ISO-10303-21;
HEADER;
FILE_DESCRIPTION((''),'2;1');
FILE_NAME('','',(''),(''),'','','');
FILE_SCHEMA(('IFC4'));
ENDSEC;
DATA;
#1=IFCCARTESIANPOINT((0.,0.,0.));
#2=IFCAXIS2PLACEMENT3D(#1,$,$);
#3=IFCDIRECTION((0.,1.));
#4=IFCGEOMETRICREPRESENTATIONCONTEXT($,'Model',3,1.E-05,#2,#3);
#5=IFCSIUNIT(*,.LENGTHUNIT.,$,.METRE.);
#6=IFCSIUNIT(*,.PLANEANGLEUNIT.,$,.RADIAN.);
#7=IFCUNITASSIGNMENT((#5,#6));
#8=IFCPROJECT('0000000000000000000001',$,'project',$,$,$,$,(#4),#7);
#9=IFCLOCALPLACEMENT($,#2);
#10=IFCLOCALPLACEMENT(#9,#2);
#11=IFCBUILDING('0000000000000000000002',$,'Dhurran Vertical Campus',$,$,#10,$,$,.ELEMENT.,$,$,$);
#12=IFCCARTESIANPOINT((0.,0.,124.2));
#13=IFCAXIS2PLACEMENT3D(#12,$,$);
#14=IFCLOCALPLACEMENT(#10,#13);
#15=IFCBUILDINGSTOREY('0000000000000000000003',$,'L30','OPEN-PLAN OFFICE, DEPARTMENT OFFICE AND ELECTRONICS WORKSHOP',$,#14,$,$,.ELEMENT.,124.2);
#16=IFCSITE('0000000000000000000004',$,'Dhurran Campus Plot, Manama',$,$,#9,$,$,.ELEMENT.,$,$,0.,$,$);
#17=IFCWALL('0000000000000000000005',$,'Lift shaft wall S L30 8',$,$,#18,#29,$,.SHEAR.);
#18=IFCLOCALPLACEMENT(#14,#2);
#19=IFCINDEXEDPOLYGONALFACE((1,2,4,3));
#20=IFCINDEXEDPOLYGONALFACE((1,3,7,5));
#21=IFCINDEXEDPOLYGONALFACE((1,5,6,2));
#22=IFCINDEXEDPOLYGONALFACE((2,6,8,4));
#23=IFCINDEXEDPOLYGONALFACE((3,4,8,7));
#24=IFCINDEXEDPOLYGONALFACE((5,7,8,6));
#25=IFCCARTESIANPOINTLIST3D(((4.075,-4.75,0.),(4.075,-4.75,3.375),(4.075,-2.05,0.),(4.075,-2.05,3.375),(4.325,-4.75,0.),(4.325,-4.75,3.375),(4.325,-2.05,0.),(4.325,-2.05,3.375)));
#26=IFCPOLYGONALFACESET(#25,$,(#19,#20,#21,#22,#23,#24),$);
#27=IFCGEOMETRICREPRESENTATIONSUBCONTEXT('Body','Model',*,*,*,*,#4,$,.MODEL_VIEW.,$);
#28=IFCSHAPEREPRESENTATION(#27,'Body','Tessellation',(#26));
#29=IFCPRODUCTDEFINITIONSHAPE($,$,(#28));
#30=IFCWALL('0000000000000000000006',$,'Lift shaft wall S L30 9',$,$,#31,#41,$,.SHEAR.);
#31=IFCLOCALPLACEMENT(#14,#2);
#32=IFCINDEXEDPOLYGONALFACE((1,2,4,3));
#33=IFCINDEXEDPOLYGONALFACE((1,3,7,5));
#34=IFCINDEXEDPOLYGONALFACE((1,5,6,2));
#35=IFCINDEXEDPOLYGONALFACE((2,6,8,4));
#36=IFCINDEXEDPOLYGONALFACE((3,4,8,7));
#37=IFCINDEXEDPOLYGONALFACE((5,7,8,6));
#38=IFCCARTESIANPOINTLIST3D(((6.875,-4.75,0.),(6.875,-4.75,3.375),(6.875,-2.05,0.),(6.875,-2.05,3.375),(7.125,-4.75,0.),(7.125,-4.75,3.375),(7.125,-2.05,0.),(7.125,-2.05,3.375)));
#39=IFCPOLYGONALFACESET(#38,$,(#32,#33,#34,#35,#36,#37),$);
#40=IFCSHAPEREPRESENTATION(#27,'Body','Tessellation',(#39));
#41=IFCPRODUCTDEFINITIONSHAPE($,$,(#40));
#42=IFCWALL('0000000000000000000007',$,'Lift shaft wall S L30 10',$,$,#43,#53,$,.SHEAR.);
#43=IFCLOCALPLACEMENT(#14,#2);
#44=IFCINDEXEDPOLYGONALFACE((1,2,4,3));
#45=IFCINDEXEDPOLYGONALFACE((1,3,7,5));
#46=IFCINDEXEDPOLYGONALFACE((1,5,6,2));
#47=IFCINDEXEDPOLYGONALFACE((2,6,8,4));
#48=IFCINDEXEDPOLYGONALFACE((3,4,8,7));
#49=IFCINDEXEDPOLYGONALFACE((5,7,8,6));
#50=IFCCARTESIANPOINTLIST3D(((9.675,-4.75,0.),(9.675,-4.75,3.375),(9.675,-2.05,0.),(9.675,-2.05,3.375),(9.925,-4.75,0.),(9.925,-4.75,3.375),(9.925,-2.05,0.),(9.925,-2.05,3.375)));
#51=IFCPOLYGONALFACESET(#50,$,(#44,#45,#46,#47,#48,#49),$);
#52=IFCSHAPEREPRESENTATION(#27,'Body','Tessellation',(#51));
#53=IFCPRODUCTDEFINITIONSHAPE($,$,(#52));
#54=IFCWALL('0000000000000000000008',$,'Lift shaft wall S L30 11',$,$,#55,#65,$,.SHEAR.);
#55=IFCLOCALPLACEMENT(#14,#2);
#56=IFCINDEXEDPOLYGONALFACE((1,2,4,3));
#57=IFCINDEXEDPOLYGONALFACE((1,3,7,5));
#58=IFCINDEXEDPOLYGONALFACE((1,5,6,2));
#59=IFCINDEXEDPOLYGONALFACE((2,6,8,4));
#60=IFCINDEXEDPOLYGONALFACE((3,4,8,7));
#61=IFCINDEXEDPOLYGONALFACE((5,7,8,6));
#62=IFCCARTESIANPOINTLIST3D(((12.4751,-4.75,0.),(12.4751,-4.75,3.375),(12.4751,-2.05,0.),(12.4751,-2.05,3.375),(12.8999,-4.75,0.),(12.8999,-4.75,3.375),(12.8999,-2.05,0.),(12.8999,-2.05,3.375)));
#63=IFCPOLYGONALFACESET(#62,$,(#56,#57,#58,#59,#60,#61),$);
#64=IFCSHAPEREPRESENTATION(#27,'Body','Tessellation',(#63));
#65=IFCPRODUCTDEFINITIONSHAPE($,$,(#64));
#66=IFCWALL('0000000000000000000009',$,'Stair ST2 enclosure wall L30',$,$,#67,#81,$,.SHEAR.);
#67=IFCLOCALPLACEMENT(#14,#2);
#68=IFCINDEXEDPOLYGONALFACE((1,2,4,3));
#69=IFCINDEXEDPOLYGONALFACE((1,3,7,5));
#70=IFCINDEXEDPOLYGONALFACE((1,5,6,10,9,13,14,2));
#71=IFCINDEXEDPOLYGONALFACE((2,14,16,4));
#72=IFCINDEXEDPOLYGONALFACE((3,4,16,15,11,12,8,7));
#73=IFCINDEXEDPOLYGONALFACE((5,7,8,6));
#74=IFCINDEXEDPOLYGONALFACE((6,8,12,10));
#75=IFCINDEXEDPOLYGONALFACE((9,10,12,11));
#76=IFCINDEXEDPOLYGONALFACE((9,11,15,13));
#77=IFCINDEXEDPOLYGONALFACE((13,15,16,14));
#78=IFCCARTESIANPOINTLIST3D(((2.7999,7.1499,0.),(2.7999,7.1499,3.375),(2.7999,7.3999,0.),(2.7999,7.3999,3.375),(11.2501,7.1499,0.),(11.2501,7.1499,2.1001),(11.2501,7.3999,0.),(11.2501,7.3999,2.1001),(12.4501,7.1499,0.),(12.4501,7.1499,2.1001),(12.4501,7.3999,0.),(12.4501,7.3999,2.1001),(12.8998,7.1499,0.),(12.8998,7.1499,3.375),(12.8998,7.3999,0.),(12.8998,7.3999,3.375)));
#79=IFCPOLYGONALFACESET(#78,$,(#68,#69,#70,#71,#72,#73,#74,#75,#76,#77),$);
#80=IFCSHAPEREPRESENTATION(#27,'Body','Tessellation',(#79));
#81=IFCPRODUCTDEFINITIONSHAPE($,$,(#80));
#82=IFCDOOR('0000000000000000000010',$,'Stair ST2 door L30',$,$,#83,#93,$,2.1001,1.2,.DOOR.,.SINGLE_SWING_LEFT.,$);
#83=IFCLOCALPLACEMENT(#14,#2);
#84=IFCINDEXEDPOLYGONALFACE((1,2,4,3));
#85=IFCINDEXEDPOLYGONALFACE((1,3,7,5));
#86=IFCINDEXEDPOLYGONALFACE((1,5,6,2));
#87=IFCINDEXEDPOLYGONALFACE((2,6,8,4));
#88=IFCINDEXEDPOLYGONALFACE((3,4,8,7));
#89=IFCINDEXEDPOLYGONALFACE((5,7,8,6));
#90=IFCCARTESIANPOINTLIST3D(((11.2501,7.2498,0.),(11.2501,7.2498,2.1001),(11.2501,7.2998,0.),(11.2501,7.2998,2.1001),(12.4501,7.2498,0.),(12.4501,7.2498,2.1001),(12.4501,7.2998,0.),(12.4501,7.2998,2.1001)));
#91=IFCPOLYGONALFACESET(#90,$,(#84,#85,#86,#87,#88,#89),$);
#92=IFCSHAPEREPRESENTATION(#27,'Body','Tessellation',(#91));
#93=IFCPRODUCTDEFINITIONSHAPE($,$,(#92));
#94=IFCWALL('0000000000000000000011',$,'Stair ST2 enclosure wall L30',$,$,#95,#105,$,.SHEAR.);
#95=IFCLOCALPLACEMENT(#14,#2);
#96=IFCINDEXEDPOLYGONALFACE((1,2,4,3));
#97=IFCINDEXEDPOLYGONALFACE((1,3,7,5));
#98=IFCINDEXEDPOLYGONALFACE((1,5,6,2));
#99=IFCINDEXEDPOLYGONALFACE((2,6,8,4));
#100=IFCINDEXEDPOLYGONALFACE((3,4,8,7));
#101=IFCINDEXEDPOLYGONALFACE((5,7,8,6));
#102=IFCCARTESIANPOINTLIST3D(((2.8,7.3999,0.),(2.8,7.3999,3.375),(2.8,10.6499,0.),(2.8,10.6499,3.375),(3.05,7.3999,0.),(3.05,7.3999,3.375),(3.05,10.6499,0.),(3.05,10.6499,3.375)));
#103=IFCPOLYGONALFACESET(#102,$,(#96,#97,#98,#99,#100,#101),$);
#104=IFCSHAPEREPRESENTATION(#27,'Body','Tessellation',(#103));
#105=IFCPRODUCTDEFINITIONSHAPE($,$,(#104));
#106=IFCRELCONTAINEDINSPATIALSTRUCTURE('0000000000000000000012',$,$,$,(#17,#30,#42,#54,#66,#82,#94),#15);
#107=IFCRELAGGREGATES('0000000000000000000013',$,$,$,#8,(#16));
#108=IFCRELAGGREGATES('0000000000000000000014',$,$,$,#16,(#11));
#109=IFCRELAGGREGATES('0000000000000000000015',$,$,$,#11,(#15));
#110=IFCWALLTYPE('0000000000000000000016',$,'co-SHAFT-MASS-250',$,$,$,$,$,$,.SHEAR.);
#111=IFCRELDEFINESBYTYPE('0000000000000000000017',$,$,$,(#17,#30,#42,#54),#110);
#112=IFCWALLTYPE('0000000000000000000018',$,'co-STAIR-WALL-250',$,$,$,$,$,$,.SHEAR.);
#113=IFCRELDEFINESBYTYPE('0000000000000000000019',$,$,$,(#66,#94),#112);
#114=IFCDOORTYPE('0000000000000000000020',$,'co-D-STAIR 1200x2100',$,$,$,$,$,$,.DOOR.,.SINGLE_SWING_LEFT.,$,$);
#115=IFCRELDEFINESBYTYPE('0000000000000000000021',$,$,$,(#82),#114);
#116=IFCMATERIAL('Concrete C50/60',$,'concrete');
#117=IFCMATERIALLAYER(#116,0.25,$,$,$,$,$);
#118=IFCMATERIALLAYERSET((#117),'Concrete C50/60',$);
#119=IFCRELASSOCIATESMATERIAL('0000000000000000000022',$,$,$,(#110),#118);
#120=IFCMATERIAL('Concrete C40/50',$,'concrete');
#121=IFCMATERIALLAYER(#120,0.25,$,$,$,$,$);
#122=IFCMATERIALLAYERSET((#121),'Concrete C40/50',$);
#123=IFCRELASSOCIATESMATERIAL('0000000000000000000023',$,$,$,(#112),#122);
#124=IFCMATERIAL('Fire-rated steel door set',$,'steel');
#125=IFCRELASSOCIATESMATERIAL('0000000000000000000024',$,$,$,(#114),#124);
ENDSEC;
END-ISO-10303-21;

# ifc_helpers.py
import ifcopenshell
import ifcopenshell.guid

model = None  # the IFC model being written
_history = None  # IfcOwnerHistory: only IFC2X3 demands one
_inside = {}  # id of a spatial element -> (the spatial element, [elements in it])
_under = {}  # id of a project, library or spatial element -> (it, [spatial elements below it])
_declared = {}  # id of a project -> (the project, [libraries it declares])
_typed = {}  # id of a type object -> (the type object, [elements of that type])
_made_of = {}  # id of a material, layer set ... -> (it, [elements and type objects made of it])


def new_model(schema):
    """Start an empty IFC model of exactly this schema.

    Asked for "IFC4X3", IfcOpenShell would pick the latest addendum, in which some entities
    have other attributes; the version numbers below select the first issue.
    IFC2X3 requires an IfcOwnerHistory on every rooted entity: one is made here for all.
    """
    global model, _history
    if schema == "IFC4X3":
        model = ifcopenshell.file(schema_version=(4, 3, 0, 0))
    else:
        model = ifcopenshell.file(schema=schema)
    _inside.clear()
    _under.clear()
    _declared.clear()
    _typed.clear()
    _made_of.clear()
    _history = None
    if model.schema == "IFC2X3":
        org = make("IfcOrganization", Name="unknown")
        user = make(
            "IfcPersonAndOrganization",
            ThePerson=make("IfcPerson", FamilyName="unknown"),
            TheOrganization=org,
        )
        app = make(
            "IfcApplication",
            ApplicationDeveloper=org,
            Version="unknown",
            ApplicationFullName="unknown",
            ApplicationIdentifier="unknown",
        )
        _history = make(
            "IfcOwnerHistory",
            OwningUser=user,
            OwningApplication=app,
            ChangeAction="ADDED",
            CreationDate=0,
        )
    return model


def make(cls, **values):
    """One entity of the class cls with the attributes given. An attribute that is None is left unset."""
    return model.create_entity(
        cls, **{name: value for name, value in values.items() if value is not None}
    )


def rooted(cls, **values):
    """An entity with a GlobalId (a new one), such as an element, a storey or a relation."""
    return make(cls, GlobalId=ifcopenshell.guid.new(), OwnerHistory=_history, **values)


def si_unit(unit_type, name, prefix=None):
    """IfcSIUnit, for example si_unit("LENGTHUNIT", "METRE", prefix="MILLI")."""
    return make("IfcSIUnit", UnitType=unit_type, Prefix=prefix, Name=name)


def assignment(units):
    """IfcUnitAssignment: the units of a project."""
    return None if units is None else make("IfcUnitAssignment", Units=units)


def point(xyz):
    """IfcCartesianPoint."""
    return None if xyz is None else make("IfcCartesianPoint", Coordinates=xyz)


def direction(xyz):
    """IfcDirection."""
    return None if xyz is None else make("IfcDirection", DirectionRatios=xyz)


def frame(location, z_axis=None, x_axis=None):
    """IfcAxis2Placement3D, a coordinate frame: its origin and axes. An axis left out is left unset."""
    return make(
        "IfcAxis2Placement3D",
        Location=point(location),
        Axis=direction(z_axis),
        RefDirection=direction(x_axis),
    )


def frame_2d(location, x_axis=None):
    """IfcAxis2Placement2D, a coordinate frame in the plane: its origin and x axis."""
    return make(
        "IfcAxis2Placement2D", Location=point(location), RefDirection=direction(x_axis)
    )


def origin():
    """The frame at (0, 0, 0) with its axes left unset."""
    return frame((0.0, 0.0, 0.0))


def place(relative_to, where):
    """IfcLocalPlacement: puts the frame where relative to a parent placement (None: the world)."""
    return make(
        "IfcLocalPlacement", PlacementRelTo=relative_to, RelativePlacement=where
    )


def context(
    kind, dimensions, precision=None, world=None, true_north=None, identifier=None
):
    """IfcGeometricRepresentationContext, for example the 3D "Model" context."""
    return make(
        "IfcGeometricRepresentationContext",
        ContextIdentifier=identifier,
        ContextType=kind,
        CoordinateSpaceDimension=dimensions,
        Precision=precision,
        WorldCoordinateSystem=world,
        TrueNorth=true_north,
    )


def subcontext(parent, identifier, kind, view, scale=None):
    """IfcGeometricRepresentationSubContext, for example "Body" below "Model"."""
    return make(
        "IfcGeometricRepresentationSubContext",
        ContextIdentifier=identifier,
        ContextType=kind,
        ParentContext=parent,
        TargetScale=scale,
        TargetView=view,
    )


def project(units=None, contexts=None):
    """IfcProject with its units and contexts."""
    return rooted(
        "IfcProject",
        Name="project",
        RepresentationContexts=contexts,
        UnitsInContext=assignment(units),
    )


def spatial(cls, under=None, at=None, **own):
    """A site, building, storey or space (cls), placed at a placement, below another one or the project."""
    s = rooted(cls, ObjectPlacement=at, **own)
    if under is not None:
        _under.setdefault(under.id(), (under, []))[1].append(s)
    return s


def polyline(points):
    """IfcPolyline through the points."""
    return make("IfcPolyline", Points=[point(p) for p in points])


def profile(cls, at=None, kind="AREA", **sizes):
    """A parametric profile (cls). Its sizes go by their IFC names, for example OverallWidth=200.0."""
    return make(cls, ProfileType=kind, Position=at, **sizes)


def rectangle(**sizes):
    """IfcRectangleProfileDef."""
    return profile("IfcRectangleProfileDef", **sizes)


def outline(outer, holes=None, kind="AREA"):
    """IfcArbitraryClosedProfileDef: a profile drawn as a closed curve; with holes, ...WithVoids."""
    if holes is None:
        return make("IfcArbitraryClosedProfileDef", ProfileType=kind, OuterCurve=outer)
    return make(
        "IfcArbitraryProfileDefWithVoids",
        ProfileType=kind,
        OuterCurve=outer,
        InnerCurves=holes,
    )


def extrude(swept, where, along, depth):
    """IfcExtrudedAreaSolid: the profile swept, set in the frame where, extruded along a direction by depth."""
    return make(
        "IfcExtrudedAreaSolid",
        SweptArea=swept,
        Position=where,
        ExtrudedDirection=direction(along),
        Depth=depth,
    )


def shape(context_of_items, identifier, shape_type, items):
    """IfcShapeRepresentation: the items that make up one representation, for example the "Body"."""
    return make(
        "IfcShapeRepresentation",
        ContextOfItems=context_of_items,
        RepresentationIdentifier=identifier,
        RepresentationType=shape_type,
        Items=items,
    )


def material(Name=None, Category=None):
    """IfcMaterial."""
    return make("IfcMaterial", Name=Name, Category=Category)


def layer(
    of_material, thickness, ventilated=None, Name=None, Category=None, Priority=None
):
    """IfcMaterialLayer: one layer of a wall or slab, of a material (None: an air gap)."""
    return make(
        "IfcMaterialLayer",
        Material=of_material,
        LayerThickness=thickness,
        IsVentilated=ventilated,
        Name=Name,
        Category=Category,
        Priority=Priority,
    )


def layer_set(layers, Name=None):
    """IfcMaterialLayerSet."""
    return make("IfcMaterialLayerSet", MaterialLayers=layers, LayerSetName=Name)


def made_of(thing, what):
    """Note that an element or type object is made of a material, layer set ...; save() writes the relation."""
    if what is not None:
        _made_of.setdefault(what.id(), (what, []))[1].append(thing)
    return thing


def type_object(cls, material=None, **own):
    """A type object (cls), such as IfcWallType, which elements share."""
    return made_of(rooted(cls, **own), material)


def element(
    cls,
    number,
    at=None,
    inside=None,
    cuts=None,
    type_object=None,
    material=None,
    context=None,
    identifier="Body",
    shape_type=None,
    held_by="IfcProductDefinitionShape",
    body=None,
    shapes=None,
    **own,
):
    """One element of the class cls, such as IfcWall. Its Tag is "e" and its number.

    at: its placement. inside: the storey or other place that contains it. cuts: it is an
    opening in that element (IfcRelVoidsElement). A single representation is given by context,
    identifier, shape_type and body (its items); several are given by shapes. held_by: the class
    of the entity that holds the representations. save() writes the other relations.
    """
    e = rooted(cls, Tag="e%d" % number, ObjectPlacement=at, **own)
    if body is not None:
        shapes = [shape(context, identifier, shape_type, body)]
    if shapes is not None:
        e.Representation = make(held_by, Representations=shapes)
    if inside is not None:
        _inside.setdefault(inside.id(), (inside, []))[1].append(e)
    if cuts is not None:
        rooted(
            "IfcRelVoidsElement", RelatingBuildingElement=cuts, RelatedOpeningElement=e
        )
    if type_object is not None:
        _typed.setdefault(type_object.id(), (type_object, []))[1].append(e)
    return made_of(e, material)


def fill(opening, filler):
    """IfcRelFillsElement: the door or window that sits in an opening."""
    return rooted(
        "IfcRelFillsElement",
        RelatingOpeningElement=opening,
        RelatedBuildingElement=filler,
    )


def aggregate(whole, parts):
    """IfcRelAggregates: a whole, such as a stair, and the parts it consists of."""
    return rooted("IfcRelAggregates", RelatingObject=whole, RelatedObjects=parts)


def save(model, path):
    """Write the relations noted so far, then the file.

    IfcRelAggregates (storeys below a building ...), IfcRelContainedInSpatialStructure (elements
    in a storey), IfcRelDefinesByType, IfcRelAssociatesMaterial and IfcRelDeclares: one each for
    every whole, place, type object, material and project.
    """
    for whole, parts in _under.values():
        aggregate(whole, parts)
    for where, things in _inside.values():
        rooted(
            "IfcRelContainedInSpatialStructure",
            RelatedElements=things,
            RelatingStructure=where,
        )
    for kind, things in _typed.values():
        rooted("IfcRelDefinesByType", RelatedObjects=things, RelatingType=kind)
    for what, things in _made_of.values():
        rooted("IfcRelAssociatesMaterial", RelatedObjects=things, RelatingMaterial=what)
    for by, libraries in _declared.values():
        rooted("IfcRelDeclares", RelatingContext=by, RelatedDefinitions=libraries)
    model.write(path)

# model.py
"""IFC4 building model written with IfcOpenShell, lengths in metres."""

from ifc_helpers import new_model, si_unit, direction, frame, frame_2d, origin, place, context, subcontext, project, spatial, polyline, rectangle, outline, extrude, material, layer, layer_set, type_object, element, fill, save


model = new_model("IFC4")

# Units and contexts
model_context = context("Model", 3, precision=1e-05, world=origin(), true_north=direction((0.0, 1.0)))
body_context = subcontext(model_context, "Body", "Model", "MODEL_VIEW")
ifc_project = project(units=[si_unit("LENGTHUNIT", "METRE"), si_unit("PLANEANGLEUNIT", "RADIAN")], contexts=[model_context])

# Site, building, storey
site_placement = place(None, origin())
site = spatial("IfcSite", under=ifc_project, at=site_placement, Name="Dhurran Campus Plot, Manama", CompositionType="ELEMENT", RefElevation=0.0)
building_placement = place(site_placement, origin())
building = spatial("IfcBuilding", under=site, at=building_placement, Name="Dhurran Vertical Campus", CompositionType="ELEMENT")
storey_placement = place(building_placement, frame((0.0, 0.0, 124.2)))
storey = spatial("IfcBuildingStorey", under=building, at=storey_placement, Name="L30", Description="OPEN-PLAN OFFICE, DEPARTMENT OFFICE AND ELECTRONICS WORKSHOP", CompositionType="ELEMENT", Elevation=124.2)

# Walls
ifc_material_1 = material(Name="Concrete C50/60", Category="concrete")
ifc_layer_1 = layer(ifc_material_1, 0.25)
ifc_layer_set_1 = layer_set([ifc_layer_1], Name="Concrete C50/60")
wall_type_1 = type_object("IfcWallType", Name="co-SHAFT-MASS-250", PredefinedType="SHEAR", material=ifc_layer_set_1)
wall_1_placement = place(storey_placement, origin())
element("IfcWall", 1, at=wall_1_placement, inside=storey, type_object=wall_type_1, Name="Lift shaft wall S L30 8", PredefinedType="SHEAR", context=body_context, shape_type="SweptSolid", body=[
    extrude(outline(polyline([(4.075, -4.75), (4.325, -4.75), (4.325, -2.05), (4.075, -2.05), (4.075, -4.75)])), origin(), (0.0, 0.0, 1.0), 3.375),
])
wall_2_placement = place(storey_placement, origin())
element("IfcWall", 2, at=wall_2_placement, inside=storey, type_object=wall_type_1, Name="Lift shaft wall S L30 9", PredefinedType="SHEAR", context=body_context, shape_type="SweptSolid", body=[
    extrude(outline(polyline([(6.875, -4.75), (7.125, -4.75), (7.125, -2.05), (6.875, -2.05), (6.875, -4.75)])), origin(), (0.0, 0.0, 1.0), 3.375),
])
wall_3_placement = place(storey_placement, origin())
element("IfcWall", 3, at=wall_3_placement, inside=storey, type_object=wall_type_1, Name="Lift shaft wall S L30 10", PredefinedType="SHEAR", context=body_context, shape_type="SweptSolid", body=[
    extrude(outline(polyline([(9.675, -4.75), (9.925, -4.75), (9.925, -2.05), (9.675, -2.05), (9.675, -4.75)])), origin(), (0.0, 0.0, 1.0), 3.375),
])
wall_4_placement = place(storey_placement, origin())
element("IfcWall", 4, at=wall_4_placement, inside=storey, type_object=wall_type_1, Name="Lift shaft wall S L30 11", PredefinedType="SHEAR", context=body_context, shape_type="SweptSolid", body=[
    extrude(outline(polyline([(12.4751, -4.75), (12.8999, -4.75), (12.8999, -2.05), (12.4751, -2.05), (12.4751, -4.75)])), origin(), (0.0, 0.0, 1.0), 3.375),
])

# Wall, opening, door
ifc_material_2 = material(Name="Concrete C40/50", Category="concrete")
ifc_layer_2 = layer(ifc_material_2, 0.25)
ifc_layer_set_2 = layer_set([ifc_layer_2], Name="Concrete C40/50")
wall_type_2 = type_object("IfcWallType", Name="co-STAIR-WALL-250", PredefinedType="SHEAR", material=ifc_layer_set_2)
wall_5_placement = place(storey_placement, frame((2.8, 7.2749, 0.0), z_axis=(0.0, 0.0, 1.0), x_axis=(1.0, 0.0, 0.0)))
wall_5 = element("IfcWall", 5, at=wall_5_placement, inside=storey, type_object=wall_type_2, Name="Stair ST2 enclosure wall L30", PredefinedType="SHEAR", context=body_context, shape_type="SweptSolid", body=[
    extrude(rectangle(XDim=10.0999, YDim=0.25, at=frame_2d((5.0498, 0.0))), origin(), (0.0, 0.0, 1.0), 3.375),
])
opening_1_placement = place(wall_5_placement, frame((8.45, 0.0, 0.0)))
opening_1 = element("IfcOpeningElement", 6, at=opening_1_placement, cuts=wall_5, PredefinedType="OPENING", context=body_context, shape_type="SweptSolid", body=[
    extrude(rectangle(XDim=1.2, YDim=2.1001, at=frame_2d((0.6001, 1.05))), frame((0.0, 0.135, 0.0), z_axis=(0.0, -1.0, 0.0), x_axis=(1.0, 0.0, 0.0)), (0.0, 0.0, 1.0), 0.27),
])
ifc_material_3 = material(Name="Fire-rated steel door set", Category="steel")
door_type_1 = type_object("IfcDoorType", Name="co-D-STAIR 1200x2100", OperationType="SINGLE_SWING_LEFT", PredefinedType="DOOR", material=ifc_material_3)
door_1_placement = place(opening_1_placement, origin())
door_1 = element("IfcDoor", 7, at=door_1_placement, inside=storey, type_object=door_type_1, Name="Stair ST2 door L30", OperationType="SINGLE_SWING_LEFT", OverallHeight=2.1001, OverallWidth=1.2, PredefinedType="DOOR", context=body_context, shape_type="SweptSolid", body=[
    extrude(rectangle(XDim=1.2, YDim=2.1001, at=frame_2d((0.6001, 1.05))), frame((0.0, 0.0249, 0.0), z_axis=(0.0, -1.0, 0.0), x_axis=(1.0, 0.0, 0.0)), (0.0, 0.0, 1.0), 0.05),
])
fill(opening_1, door_1)

# Wall
wall_6_placement = place(storey_placement, frame((2.925, 7.3999, 0.0), z_axis=(0.0, 0.0, 1.0), x_axis=(0.0, 1.0, 0.0)))
element("IfcWall", 8, at=wall_6_placement, inside=storey, type_object=wall_type_2, Name="Stair ST2 enclosure wall L30", PredefinedType="SHEAR", context=body_context, shape_type="SweptSolid", body=[
    extrude(rectangle(XDim=3.25, YDim=0.25, at=frame_2d((1.625, 0.0))), origin(), (0.0, 0.0, 1.0), 3.375),
])

save(model, "model.ifc")
